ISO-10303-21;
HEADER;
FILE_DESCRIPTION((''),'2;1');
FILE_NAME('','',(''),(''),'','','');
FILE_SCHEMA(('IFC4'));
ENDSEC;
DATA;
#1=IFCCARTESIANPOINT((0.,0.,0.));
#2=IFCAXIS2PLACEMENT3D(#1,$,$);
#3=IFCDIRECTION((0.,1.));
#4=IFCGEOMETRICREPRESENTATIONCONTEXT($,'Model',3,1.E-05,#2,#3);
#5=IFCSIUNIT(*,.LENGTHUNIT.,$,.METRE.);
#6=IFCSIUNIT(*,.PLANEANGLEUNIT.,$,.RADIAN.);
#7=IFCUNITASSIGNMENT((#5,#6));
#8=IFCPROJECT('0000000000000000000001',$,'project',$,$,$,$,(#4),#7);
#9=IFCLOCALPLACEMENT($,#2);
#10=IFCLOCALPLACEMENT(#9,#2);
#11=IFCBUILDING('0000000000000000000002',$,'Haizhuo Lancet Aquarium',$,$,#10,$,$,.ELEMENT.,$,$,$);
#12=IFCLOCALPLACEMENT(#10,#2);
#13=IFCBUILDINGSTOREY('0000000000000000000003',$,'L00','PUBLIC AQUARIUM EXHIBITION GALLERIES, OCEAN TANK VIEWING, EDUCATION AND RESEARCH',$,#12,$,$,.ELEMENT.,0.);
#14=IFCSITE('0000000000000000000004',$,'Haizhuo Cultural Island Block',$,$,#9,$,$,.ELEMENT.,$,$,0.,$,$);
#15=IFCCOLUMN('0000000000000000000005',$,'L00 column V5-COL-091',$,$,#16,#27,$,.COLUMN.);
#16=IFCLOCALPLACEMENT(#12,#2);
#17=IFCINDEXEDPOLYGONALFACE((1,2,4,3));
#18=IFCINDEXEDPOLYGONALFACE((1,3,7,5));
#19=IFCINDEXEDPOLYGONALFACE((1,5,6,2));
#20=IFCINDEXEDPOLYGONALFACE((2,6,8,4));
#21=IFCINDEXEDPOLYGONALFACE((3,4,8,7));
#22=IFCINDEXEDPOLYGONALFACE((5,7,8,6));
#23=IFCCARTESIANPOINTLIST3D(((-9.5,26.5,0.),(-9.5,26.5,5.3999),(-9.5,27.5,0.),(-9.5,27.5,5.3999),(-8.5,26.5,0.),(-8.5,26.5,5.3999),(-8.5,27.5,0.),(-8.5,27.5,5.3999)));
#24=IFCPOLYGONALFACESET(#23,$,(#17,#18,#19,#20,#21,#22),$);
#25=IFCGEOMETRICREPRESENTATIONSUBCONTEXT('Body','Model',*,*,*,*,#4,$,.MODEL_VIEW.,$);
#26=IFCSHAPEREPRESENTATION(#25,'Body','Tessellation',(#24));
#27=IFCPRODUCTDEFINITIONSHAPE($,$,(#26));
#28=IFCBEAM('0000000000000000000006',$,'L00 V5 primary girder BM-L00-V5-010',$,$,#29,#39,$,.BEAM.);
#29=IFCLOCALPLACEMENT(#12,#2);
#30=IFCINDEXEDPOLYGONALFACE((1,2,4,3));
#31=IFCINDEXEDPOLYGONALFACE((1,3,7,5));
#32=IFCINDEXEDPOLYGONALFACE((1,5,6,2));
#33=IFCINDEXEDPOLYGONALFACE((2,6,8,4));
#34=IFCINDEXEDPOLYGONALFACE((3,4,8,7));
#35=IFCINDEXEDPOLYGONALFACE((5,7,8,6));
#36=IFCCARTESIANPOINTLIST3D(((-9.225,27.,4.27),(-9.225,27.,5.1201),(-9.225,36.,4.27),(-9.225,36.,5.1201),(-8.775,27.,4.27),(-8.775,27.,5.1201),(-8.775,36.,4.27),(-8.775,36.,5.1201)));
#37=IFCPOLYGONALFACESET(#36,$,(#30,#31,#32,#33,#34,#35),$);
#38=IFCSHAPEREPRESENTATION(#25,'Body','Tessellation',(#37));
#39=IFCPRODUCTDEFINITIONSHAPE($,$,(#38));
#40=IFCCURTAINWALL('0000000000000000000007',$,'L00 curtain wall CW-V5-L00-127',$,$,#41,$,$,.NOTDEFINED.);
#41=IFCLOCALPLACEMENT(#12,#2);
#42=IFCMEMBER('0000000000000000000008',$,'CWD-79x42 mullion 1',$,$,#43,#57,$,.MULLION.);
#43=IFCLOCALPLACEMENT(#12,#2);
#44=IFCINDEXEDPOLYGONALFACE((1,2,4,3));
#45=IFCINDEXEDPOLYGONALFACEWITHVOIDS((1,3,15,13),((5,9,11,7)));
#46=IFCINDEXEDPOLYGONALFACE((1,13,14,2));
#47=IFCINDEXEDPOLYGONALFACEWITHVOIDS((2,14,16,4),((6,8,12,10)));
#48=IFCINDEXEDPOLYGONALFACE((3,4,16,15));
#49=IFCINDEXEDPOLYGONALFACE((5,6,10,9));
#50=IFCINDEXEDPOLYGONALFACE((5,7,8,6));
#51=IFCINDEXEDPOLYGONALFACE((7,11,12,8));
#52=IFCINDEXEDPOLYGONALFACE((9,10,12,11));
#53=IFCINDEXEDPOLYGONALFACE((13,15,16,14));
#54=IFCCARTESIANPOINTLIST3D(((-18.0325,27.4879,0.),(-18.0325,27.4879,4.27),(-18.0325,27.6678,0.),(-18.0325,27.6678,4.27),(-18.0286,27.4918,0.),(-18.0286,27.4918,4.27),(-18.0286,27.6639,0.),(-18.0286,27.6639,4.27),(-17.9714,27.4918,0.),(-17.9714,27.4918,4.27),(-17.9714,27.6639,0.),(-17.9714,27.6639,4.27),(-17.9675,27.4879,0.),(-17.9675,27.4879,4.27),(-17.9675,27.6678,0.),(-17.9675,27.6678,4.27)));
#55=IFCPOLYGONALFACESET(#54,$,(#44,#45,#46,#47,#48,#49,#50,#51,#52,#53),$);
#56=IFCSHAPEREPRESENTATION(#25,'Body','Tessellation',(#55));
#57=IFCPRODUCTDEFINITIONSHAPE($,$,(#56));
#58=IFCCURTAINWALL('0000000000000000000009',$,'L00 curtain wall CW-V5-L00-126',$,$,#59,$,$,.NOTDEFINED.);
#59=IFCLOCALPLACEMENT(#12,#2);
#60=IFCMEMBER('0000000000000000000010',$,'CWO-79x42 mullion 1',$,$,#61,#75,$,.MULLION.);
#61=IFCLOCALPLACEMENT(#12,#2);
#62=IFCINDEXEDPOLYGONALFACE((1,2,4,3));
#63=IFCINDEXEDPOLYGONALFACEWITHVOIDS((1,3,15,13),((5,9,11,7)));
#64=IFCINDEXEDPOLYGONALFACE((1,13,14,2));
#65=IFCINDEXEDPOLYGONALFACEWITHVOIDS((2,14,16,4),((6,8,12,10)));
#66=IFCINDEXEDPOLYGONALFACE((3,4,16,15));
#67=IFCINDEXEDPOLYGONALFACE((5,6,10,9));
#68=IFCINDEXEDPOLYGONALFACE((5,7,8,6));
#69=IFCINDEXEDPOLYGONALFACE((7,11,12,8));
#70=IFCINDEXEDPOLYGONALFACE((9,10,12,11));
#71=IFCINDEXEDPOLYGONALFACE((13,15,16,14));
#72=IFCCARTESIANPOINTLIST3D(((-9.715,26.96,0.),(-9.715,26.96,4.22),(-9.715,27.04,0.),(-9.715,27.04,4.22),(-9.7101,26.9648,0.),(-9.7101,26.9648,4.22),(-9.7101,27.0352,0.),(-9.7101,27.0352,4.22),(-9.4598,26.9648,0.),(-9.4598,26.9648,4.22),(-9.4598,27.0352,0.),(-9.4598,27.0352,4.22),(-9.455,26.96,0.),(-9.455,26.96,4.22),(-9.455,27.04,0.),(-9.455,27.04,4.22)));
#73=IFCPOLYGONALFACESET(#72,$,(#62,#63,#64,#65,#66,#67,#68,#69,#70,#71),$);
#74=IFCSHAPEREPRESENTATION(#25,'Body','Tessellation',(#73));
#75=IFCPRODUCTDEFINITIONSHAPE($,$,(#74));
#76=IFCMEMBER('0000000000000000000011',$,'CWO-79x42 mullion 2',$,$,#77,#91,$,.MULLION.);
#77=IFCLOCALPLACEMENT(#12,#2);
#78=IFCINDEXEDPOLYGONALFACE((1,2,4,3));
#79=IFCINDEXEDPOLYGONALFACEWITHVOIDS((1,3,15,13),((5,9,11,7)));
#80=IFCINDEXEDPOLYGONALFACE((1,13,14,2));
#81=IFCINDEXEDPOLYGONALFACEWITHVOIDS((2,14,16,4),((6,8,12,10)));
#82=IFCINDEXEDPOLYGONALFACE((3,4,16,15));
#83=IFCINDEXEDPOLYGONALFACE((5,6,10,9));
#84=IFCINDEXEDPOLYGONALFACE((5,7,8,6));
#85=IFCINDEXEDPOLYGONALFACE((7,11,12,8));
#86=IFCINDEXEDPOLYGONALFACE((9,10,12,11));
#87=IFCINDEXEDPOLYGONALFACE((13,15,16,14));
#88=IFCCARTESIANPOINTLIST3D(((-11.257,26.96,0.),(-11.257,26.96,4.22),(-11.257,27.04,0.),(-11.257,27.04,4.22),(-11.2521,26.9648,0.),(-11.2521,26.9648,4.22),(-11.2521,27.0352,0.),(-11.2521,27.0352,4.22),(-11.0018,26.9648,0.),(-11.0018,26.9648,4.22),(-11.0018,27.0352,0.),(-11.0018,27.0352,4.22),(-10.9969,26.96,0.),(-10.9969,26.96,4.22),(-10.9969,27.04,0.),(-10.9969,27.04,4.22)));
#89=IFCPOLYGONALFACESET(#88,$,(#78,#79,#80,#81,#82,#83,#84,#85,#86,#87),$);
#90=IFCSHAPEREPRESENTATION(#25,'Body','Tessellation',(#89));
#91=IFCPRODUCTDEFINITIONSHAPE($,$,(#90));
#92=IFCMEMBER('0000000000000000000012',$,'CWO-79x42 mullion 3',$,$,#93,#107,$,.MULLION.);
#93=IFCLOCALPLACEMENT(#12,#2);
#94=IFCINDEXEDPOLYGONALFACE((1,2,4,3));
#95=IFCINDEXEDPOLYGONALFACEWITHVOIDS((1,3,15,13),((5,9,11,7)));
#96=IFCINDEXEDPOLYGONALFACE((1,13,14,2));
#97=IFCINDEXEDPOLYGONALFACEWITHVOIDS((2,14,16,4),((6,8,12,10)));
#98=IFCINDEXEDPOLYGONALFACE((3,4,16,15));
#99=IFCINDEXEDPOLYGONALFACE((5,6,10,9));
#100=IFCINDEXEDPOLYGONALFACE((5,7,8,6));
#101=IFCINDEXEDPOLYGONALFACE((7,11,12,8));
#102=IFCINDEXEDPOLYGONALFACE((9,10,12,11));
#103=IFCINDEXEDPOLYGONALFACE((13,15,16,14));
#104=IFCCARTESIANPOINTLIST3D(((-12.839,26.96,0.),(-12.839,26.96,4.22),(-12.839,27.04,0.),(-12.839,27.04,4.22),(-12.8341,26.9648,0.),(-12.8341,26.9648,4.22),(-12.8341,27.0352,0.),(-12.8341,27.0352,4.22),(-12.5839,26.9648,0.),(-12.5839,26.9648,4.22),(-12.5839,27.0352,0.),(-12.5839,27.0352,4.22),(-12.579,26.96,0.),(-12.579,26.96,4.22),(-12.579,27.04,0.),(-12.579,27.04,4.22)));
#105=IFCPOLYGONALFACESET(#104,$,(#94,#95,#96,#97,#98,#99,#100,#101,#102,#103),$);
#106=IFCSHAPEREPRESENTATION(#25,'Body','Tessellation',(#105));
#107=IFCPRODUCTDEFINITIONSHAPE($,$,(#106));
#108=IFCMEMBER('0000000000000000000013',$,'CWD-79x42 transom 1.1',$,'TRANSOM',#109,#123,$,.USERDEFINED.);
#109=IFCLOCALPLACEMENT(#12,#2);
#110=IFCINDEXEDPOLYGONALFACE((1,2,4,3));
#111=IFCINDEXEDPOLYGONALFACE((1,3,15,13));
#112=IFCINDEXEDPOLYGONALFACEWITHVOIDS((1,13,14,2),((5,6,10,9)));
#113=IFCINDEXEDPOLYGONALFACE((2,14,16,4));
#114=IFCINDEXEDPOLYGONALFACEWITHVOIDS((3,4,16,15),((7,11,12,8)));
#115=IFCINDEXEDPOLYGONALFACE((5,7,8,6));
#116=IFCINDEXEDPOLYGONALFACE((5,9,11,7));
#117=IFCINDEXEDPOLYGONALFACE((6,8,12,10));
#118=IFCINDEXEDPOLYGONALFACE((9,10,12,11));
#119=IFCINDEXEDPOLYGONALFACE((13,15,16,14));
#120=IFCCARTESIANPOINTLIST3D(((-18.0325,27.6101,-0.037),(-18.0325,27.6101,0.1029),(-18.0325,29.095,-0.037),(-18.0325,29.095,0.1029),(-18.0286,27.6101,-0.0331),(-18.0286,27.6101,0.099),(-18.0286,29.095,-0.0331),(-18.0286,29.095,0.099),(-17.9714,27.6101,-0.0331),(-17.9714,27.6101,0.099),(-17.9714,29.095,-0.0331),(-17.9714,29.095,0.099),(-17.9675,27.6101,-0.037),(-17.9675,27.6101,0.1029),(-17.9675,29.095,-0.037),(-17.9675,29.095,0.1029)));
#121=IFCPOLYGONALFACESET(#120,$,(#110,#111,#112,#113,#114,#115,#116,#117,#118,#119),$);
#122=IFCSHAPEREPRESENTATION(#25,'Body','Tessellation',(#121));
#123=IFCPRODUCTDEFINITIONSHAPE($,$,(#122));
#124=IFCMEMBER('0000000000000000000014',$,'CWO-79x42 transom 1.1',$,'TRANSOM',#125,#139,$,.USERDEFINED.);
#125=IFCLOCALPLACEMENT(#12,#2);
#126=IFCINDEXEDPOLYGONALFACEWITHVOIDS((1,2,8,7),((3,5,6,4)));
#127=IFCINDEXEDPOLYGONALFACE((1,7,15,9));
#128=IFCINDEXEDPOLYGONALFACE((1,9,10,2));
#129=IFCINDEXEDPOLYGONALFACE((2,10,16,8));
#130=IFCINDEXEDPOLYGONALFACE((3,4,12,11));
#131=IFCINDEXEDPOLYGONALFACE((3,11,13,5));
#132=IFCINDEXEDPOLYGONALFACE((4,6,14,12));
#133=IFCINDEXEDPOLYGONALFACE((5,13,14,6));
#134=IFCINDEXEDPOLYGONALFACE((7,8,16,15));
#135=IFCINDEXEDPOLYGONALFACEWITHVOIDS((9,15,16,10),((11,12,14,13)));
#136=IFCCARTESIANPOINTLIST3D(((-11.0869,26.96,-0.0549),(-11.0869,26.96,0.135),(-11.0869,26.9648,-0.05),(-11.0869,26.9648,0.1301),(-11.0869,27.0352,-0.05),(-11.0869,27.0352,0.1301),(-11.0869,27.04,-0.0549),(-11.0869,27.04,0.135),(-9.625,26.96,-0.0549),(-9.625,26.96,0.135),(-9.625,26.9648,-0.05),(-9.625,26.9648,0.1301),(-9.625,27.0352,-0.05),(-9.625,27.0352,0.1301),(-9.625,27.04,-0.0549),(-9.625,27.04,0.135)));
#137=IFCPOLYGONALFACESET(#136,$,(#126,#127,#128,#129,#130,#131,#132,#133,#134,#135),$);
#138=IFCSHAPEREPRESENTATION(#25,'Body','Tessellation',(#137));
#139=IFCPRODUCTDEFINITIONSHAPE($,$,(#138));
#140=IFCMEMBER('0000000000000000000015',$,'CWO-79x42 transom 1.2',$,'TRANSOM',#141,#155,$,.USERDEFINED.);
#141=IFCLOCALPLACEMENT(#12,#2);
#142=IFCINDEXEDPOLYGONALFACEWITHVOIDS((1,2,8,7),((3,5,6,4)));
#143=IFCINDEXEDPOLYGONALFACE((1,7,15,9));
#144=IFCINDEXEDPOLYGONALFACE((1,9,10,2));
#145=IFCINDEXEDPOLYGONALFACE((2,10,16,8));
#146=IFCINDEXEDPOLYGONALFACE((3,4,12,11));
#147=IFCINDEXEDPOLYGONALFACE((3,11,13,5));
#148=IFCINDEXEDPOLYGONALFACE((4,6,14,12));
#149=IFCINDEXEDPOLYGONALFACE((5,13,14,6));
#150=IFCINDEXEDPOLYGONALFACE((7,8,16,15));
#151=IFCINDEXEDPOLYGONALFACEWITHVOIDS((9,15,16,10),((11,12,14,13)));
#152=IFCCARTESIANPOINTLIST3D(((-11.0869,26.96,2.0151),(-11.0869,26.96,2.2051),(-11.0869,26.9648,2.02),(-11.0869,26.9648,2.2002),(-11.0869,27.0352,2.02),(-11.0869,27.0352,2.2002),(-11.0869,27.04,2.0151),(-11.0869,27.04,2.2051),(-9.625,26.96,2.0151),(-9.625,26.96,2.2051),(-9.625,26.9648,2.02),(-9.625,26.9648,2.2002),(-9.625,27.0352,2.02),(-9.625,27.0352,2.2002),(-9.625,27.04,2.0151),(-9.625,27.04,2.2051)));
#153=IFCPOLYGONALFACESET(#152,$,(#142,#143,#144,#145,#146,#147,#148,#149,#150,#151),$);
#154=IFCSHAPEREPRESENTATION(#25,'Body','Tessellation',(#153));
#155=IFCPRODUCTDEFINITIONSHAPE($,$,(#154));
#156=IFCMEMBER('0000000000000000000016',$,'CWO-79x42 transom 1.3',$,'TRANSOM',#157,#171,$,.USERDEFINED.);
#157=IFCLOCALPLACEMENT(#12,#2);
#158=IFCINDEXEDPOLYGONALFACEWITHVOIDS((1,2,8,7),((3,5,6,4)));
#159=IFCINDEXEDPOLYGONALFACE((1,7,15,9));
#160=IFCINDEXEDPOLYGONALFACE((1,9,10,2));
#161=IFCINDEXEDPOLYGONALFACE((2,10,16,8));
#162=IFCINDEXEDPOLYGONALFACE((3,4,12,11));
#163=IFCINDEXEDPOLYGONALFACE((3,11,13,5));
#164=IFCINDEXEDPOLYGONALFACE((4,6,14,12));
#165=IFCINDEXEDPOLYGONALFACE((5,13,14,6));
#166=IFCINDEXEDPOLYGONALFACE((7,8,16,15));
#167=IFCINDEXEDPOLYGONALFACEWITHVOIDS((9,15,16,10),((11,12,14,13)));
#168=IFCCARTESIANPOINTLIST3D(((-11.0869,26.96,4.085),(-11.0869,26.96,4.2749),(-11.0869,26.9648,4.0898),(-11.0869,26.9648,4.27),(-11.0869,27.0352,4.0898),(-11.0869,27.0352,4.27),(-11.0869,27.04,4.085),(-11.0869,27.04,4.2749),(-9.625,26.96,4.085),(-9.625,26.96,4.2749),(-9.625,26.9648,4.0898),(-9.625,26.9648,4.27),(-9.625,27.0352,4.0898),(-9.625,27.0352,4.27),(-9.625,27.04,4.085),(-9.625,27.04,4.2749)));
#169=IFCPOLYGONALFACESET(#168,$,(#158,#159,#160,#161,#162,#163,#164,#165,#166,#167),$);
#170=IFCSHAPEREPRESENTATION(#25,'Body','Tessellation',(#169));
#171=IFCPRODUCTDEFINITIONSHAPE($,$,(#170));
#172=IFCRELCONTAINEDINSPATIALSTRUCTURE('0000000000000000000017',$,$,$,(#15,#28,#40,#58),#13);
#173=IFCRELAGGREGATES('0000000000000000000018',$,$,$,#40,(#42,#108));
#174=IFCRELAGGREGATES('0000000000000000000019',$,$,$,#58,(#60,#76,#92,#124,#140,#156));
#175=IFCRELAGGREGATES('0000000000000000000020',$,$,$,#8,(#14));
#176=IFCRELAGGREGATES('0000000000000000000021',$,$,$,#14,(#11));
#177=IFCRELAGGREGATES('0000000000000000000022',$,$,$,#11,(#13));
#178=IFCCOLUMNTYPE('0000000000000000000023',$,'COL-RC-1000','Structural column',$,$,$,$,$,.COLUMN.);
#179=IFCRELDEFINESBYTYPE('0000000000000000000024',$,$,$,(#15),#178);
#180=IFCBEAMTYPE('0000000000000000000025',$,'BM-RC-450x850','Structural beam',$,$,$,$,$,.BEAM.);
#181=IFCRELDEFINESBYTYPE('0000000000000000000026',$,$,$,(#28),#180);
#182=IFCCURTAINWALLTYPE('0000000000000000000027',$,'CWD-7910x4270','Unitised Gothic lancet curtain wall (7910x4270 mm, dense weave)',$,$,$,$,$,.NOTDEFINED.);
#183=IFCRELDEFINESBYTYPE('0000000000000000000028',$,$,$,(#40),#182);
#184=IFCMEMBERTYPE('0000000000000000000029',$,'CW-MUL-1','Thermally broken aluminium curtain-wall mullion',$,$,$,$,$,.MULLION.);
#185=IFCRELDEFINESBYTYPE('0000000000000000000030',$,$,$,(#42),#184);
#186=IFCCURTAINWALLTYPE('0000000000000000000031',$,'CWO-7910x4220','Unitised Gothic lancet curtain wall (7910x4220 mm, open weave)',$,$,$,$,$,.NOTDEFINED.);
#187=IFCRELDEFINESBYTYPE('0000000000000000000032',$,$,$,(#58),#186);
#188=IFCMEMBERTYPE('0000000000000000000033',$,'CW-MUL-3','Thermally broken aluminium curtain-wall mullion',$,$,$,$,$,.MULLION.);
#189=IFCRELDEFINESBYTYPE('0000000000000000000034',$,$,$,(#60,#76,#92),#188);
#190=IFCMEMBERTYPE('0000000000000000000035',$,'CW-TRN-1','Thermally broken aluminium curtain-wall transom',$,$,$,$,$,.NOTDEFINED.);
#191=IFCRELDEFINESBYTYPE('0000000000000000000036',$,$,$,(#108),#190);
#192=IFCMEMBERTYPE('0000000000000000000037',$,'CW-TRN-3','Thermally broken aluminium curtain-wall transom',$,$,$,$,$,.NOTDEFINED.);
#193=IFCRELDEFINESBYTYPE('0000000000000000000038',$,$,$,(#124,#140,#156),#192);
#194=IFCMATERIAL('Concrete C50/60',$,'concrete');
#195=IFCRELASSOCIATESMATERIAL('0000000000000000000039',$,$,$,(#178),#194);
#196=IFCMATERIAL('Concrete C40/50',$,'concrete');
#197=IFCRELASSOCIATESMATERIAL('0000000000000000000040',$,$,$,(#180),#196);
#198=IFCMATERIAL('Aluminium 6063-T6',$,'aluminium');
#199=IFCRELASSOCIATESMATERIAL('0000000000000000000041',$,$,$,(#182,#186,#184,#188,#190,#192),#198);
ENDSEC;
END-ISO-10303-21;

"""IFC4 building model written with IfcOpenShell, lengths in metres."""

from ifc_helpers import new_model, si_unit, direction, frame, origin, origin_2d, place, context, subcontext, project, spatial, rectangle, hollow_rectangle, extrude, material, material_profile, profile_set, type_object, element, aggregate, save


model = new_model("IFC4")

# Units and contexts
model_context = context("Model", 3, precision=1e-05, world=origin(), true_north=direction((0.0, 1.0)))
body_context = subcontext(model_context, "Body", "Model", "MODEL_VIEW")
ifc_project = project(units=[si_unit("LENGTHUNIT", "METRE"), si_unit("PLANEANGLEUNIT", "RADIAN")], contexts=[model_context])

# Site, building, storey
site_placement = place(None, origin())
site = spatial("IfcSite", under=ifc_project, at=site_placement, Name="Haizhuo Cultural Island Block", CompositionType="ELEMENT", RefElevation=0.0)
building_placement = place(site_placement, origin())
building = spatial("IfcBuilding", under=site, at=building_placement, Name="Haizhuo Lancet Aquarium", CompositionType="ELEMENT")
storey_placement = place(building_placement, origin())
storey = spatial("IfcBuildingStorey", under=building, at=storey_placement, Name="L00", Description="PUBLIC AQUARIUM EXHIBITION GALLERIES, OCEAN TANK VIEWING, EDUCATION AND RESEARCH", CompositionType="ELEMENT", Elevation=0.0)

# Column
ifc_material_1 = material(Name="Concrete C50/60", Category="concrete")
ifc_material_profile_1 = material_profile(ifc_material_1, rectangle(XDim=1.0, YDim=1.0, at=origin_2d()), Name="RC-COL 1000x1000")
ifc_profile_set_1 = profile_set([ifc_material_profile_1], Name="Concrete C50/60")
column_type = type_object("IfcColumnType", Name="COL-RC-1000", Description="Structural column", PredefinedType="COLUMN", material=ifc_profile_set_1)
column_placement = place(storey_placement, frame((-9.0, 27.0, 0.0), z_axis=(0.0, 0.0, 1.0), x_axis=(1.0, 0.0, 0.0)))
element("IfcColumn", 1, at=column_placement, inside=storey, type_object=column_type, Name="L00 column V5-COL-091", PredefinedType="COLUMN", context=body_context, shape_type="SweptSolid", body=[
    extrude(rectangle(XDim=1.0, YDim=1.0, at=origin_2d()), origin(), (0.0, 0.0, 1.0), 5.3999),
])

# Beam
ifc_material_2 = material(Name="Concrete C40/50", Category="concrete")
ifc_material_profile_2 = material_profile(ifc_material_2, rectangle(XDim=0.45, YDim=0.8501, at=origin_2d()), Name="RC-BM 450x850")
ifc_profile_set_2 = profile_set([ifc_material_profile_2], Name="Concrete C40/50")
beam_type = type_object("IfcBeamType", Name="BM-RC-450x850", Description="Structural beam", PredefinedType="BEAM", material=ifc_profile_set_2)
beam_placement = place(storey_placement, frame((-9.0, 27.0, 4.6951), z_axis=(0.0, 1.0, 0.0), x_axis=(-1.0, 0.0, 0.0)))
element("IfcBeam", 2, at=beam_placement, inside=storey, type_object=beam_type, Name="L00 V5 primary girder BM-L00-V5-010", PredefinedType="BEAM", context=body_context, shape_type="SweptSolid", body=[
    extrude(rectangle(XDim=0.45, YDim=0.8501, at=origin_2d()), origin(), (0.0, 0.0, 1.0), 9.0),
])

# Curtain wall, member
ifc_material_3 = material(Name="Aluminium 6063-T6", Category="aluminium")
curtain_wall_type_1 = type_object("IfcCurtainWallType", Name="CWD-7910x4270", Description="Unitised Gothic lancet curtain wall (7910x4270 mm, dense weave)", PredefinedType="NOTDEFINED", material=ifc_material_3)
curtain_wall_1_placement = place(storey_placement, origin())
curtain_wall_1 = element("IfcCurtainWall", 3, at=curtain_wall_1_placement, inside=storey, type_object=curtain_wall_type_1, Name="L00 curtain wall CW-V5-L00-127", PredefinedType="NOTDEFINED")
ifc_material_profile_3 = material_profile(ifc_material_3, hollow_rectangle(XDim=0.0649, YDim=0.1799, WallThickness=0.0039, at=origin_2d()), Name="ALU-M 65x180x4")
ifc_profile_set_3 = profile_set([ifc_material_profile_3], Name="Aluminium 6063-T6")
member_type_1 = type_object("IfcMemberType", Name="CW-MUL-1", Description="Thermally broken aluminium curtain-wall mullion", PredefinedType="MULLION", material=ifc_profile_set_3)
member_1_placement = place(storey_placement, frame((-18.0, 27.5779, 0.0), z_axis=(0.0, 0.0, 1.0), x_axis=(-1.0, 0.0, 0.0)))
member_1 = element("IfcMember", 4, at=member_1_placement, type_object=member_type_1, Name="CWD-79x42 mullion 1", PredefinedType="MULLION", context=body_context, shape_type="SweptSolid", body=[
    extrude(hollow_rectangle(XDim=0.0649, YDim=0.1799, WallThickness=0.0039, at=origin_2d()), origin(), (0.0, 0.0, 1.0), 4.27),
])

# Curtain wall, members
curtain_wall_type_2 = type_object("IfcCurtainWallType", Name="CWO-7910x4220", Description="Unitised Gothic lancet curtain wall (7910x4220 mm, open weave)", PredefinedType="NOTDEFINED", material=ifc_material_3)
curtain_wall_2_placement = place(storey_placement, origin())
curtain_wall_2 = element("IfcCurtainWall", 5, at=curtain_wall_2_placement, inside=storey, type_object=curtain_wall_type_2, Name="L00 curtain wall CW-V5-L00-126", PredefinedType="NOTDEFINED")
ifc_material_profile_4 = material_profile(ifc_material_3, hollow_rectangle(XDim=0.0801, YDim=0.26, WallThickness=0.0049, at=origin_2d()), Name="ALU-M 80x260x5")
ifc_profile_set_4 = profile_set([ifc_material_profile_4], Name="Aluminium 6063-T6")
member_type_2 = type_object("IfcMemberType", Name="CW-MUL-3", Description="Thermally broken aluminium curtain-wall mullion", PredefinedType="MULLION", material=ifc_profile_set_4)
member_2_placement = place(storey_placement, frame((-9.585, 27.0, 0.0), z_axis=(0.0, 0.0, 1.0), x_axis=(0.0, -1.0, 0.0)))
member_2 = element("IfcMember", 6, at=member_2_placement, type_object=member_type_2, Name="CWO-79x42 mullion 1", PredefinedType="MULLION", context=body_context, shape_type="SweptSolid", body=[
    extrude(hollow_rectangle(XDim=0.0801, YDim=0.26, WallThickness=0.0049, at=origin_2d()), origin(), (0.0, 0.0, 1.0), 4.22),
])
member_3_placement = place(storey_placement, frame((-11.127, 27.0, 0.0), z_axis=(0.0, 0.0, 1.0), x_axis=(0.0, -1.0, 0.0)))
member_3 = element("IfcMember", 7, at=member_3_placement, type_object=member_type_2, Name="CWO-79x42 mullion 2", PredefinedType="MULLION", context=body_context, shape_type="SweptSolid", body=[
    extrude(hollow_rectangle(XDim=0.0801, YDim=0.26, WallThickness=0.0049, at=origin_2d()), origin(), (0.0, 0.0, 1.0), 4.22),
])
member_4_placement = place(storey_placement, frame((-12.709, 27.0, 0.0), z_axis=(0.0, 0.0, 1.0), x_axis=(0.0, -1.0, 0.0)))
member_4 = element("IfcMember", 8, at=member_4_placement, type_object=member_type_2, Name="CWO-79x42 mullion 3", PredefinedType="MULLION", context=body_context, shape_type="SweptSolid", body=[
    extrude(hollow_rectangle(XDim=0.0801, YDim=0.26, WallThickness=0.0049, at=origin_2d()), origin(), (0.0, 0.0, 1.0), 4.22),
])

# Members
ifc_material_profile_5 = material_profile(ifc_material_3, hollow_rectangle(XDim=0.0649, YDim=0.1399, WallThickness=0.0039, at=origin_2d()), Name="ALU-T 65x140x4")
ifc_profile_set_5 = profile_set([ifc_material_profile_5], Name="Aluminium 6063-T6")
member_type_3 = type_object("IfcMemberType", Name="CW-TRN-1", Description="Thermally broken aluminium curtain-wall transom", PredefinedType="NOTDEFINED", material=ifc_profile_set_5)
member_5_placement = place(storey_placement, frame((-18.0, 27.6101, 0.033), z_axis=(0.0, 1.0, 0.0), x_axis=(-1.0, 0.0, 0.0)))
member_5 = element("IfcMember", 9, at=member_5_placement, type_object=member_type_3, Name="CWD-79x42 transom 1.1", ObjectType="TRANSOM", PredefinedType="USERDEFINED", context=body_context, shape_type="SweptSolid", body=[
    extrude(hollow_rectangle(XDim=0.0649, YDim=0.1399, WallThickness=0.0039, at=origin_2d()), origin(), (0.0, 0.0, 1.0), 1.4849),
])
aggregate(curtain_wall_1, [member_1, member_5])
ifc_material_profile_6 = material_profile(ifc_material_3, hollow_rectangle(XDim=0.0801, YDim=0.1899, WallThickness=0.0049, at=origin_2d()), Name="ALU-T 80x190x5")
ifc_profile_set_6 = profile_set([ifc_material_profile_6], Name="Aluminium 6063-T6")
member_type_4 = type_object("IfcMemberType", Name="CW-TRN-3", Description="Thermally broken aluminium curtain-wall transom", PredefinedType="NOTDEFINED", material=ifc_profile_set_6)
member_6_placement = place(storey_placement, frame((-9.625, 27.0, 0.04), z_axis=(-1.0, 0.0, 0.0), x_axis=(0.0, -1.0, 0.0)))
member_6 = element("IfcMember", 10, at=member_6_placement, type_object=member_type_4, Name="CWO-79x42 transom 1.1", ObjectType="TRANSOM", PredefinedType="USERDEFINED", context=body_context, shape_type="SweptSolid", body=[
    extrude(hollow_rectangle(XDim=0.0801, YDim=0.1899, WallThickness=0.0049, at=origin_2d()), origin(), (0.0, 0.0, 1.0), 1.4619),
])
member_7_placement = place(storey_placement, frame((-9.625, 27.0, 2.1101), z_axis=(-1.0, 0.0, 0.0), x_axis=(0.0, -1.0, 0.0)))
member_7 = element("IfcMember", 11, at=member_7_placement, type_object=member_type_4, Name="CWO-79x42 transom 1.2", ObjectType="TRANSOM", PredefinedType="USERDEFINED", context=body_context, shape_type="SweptSolid", body=[
    extrude(hollow_rectangle(XDim=0.0801, YDim=0.1899, WallThickness=0.0049, at=origin_2d()), origin(), (0.0, 0.0, 1.0), 1.4619),
])
member_8_placement = place(storey_placement, frame((-9.625, 27.0, 4.1799), z_axis=(-1.0, 0.0, 0.0), x_axis=(0.0, -1.0, 0.0)))
member_8 = element("IfcMember", 12, at=member_8_placement, type_object=member_type_4, Name="CWO-79x42 transom 1.3", ObjectType="TRANSOM", PredefinedType="USERDEFINED", context=body_context, shape_type="SweptSolid", body=[
    extrude(hollow_rectangle(XDim=0.0801, YDim=0.1899, WallThickness=0.0049, at=origin_2d()), origin(), (0.0, 0.0, 1.0), 1.4619),
])

aggregate(curtain_wall_2, [member_2, member_3, member_4, member_6, member_7, member_8])

save(model, "model.ifc")
